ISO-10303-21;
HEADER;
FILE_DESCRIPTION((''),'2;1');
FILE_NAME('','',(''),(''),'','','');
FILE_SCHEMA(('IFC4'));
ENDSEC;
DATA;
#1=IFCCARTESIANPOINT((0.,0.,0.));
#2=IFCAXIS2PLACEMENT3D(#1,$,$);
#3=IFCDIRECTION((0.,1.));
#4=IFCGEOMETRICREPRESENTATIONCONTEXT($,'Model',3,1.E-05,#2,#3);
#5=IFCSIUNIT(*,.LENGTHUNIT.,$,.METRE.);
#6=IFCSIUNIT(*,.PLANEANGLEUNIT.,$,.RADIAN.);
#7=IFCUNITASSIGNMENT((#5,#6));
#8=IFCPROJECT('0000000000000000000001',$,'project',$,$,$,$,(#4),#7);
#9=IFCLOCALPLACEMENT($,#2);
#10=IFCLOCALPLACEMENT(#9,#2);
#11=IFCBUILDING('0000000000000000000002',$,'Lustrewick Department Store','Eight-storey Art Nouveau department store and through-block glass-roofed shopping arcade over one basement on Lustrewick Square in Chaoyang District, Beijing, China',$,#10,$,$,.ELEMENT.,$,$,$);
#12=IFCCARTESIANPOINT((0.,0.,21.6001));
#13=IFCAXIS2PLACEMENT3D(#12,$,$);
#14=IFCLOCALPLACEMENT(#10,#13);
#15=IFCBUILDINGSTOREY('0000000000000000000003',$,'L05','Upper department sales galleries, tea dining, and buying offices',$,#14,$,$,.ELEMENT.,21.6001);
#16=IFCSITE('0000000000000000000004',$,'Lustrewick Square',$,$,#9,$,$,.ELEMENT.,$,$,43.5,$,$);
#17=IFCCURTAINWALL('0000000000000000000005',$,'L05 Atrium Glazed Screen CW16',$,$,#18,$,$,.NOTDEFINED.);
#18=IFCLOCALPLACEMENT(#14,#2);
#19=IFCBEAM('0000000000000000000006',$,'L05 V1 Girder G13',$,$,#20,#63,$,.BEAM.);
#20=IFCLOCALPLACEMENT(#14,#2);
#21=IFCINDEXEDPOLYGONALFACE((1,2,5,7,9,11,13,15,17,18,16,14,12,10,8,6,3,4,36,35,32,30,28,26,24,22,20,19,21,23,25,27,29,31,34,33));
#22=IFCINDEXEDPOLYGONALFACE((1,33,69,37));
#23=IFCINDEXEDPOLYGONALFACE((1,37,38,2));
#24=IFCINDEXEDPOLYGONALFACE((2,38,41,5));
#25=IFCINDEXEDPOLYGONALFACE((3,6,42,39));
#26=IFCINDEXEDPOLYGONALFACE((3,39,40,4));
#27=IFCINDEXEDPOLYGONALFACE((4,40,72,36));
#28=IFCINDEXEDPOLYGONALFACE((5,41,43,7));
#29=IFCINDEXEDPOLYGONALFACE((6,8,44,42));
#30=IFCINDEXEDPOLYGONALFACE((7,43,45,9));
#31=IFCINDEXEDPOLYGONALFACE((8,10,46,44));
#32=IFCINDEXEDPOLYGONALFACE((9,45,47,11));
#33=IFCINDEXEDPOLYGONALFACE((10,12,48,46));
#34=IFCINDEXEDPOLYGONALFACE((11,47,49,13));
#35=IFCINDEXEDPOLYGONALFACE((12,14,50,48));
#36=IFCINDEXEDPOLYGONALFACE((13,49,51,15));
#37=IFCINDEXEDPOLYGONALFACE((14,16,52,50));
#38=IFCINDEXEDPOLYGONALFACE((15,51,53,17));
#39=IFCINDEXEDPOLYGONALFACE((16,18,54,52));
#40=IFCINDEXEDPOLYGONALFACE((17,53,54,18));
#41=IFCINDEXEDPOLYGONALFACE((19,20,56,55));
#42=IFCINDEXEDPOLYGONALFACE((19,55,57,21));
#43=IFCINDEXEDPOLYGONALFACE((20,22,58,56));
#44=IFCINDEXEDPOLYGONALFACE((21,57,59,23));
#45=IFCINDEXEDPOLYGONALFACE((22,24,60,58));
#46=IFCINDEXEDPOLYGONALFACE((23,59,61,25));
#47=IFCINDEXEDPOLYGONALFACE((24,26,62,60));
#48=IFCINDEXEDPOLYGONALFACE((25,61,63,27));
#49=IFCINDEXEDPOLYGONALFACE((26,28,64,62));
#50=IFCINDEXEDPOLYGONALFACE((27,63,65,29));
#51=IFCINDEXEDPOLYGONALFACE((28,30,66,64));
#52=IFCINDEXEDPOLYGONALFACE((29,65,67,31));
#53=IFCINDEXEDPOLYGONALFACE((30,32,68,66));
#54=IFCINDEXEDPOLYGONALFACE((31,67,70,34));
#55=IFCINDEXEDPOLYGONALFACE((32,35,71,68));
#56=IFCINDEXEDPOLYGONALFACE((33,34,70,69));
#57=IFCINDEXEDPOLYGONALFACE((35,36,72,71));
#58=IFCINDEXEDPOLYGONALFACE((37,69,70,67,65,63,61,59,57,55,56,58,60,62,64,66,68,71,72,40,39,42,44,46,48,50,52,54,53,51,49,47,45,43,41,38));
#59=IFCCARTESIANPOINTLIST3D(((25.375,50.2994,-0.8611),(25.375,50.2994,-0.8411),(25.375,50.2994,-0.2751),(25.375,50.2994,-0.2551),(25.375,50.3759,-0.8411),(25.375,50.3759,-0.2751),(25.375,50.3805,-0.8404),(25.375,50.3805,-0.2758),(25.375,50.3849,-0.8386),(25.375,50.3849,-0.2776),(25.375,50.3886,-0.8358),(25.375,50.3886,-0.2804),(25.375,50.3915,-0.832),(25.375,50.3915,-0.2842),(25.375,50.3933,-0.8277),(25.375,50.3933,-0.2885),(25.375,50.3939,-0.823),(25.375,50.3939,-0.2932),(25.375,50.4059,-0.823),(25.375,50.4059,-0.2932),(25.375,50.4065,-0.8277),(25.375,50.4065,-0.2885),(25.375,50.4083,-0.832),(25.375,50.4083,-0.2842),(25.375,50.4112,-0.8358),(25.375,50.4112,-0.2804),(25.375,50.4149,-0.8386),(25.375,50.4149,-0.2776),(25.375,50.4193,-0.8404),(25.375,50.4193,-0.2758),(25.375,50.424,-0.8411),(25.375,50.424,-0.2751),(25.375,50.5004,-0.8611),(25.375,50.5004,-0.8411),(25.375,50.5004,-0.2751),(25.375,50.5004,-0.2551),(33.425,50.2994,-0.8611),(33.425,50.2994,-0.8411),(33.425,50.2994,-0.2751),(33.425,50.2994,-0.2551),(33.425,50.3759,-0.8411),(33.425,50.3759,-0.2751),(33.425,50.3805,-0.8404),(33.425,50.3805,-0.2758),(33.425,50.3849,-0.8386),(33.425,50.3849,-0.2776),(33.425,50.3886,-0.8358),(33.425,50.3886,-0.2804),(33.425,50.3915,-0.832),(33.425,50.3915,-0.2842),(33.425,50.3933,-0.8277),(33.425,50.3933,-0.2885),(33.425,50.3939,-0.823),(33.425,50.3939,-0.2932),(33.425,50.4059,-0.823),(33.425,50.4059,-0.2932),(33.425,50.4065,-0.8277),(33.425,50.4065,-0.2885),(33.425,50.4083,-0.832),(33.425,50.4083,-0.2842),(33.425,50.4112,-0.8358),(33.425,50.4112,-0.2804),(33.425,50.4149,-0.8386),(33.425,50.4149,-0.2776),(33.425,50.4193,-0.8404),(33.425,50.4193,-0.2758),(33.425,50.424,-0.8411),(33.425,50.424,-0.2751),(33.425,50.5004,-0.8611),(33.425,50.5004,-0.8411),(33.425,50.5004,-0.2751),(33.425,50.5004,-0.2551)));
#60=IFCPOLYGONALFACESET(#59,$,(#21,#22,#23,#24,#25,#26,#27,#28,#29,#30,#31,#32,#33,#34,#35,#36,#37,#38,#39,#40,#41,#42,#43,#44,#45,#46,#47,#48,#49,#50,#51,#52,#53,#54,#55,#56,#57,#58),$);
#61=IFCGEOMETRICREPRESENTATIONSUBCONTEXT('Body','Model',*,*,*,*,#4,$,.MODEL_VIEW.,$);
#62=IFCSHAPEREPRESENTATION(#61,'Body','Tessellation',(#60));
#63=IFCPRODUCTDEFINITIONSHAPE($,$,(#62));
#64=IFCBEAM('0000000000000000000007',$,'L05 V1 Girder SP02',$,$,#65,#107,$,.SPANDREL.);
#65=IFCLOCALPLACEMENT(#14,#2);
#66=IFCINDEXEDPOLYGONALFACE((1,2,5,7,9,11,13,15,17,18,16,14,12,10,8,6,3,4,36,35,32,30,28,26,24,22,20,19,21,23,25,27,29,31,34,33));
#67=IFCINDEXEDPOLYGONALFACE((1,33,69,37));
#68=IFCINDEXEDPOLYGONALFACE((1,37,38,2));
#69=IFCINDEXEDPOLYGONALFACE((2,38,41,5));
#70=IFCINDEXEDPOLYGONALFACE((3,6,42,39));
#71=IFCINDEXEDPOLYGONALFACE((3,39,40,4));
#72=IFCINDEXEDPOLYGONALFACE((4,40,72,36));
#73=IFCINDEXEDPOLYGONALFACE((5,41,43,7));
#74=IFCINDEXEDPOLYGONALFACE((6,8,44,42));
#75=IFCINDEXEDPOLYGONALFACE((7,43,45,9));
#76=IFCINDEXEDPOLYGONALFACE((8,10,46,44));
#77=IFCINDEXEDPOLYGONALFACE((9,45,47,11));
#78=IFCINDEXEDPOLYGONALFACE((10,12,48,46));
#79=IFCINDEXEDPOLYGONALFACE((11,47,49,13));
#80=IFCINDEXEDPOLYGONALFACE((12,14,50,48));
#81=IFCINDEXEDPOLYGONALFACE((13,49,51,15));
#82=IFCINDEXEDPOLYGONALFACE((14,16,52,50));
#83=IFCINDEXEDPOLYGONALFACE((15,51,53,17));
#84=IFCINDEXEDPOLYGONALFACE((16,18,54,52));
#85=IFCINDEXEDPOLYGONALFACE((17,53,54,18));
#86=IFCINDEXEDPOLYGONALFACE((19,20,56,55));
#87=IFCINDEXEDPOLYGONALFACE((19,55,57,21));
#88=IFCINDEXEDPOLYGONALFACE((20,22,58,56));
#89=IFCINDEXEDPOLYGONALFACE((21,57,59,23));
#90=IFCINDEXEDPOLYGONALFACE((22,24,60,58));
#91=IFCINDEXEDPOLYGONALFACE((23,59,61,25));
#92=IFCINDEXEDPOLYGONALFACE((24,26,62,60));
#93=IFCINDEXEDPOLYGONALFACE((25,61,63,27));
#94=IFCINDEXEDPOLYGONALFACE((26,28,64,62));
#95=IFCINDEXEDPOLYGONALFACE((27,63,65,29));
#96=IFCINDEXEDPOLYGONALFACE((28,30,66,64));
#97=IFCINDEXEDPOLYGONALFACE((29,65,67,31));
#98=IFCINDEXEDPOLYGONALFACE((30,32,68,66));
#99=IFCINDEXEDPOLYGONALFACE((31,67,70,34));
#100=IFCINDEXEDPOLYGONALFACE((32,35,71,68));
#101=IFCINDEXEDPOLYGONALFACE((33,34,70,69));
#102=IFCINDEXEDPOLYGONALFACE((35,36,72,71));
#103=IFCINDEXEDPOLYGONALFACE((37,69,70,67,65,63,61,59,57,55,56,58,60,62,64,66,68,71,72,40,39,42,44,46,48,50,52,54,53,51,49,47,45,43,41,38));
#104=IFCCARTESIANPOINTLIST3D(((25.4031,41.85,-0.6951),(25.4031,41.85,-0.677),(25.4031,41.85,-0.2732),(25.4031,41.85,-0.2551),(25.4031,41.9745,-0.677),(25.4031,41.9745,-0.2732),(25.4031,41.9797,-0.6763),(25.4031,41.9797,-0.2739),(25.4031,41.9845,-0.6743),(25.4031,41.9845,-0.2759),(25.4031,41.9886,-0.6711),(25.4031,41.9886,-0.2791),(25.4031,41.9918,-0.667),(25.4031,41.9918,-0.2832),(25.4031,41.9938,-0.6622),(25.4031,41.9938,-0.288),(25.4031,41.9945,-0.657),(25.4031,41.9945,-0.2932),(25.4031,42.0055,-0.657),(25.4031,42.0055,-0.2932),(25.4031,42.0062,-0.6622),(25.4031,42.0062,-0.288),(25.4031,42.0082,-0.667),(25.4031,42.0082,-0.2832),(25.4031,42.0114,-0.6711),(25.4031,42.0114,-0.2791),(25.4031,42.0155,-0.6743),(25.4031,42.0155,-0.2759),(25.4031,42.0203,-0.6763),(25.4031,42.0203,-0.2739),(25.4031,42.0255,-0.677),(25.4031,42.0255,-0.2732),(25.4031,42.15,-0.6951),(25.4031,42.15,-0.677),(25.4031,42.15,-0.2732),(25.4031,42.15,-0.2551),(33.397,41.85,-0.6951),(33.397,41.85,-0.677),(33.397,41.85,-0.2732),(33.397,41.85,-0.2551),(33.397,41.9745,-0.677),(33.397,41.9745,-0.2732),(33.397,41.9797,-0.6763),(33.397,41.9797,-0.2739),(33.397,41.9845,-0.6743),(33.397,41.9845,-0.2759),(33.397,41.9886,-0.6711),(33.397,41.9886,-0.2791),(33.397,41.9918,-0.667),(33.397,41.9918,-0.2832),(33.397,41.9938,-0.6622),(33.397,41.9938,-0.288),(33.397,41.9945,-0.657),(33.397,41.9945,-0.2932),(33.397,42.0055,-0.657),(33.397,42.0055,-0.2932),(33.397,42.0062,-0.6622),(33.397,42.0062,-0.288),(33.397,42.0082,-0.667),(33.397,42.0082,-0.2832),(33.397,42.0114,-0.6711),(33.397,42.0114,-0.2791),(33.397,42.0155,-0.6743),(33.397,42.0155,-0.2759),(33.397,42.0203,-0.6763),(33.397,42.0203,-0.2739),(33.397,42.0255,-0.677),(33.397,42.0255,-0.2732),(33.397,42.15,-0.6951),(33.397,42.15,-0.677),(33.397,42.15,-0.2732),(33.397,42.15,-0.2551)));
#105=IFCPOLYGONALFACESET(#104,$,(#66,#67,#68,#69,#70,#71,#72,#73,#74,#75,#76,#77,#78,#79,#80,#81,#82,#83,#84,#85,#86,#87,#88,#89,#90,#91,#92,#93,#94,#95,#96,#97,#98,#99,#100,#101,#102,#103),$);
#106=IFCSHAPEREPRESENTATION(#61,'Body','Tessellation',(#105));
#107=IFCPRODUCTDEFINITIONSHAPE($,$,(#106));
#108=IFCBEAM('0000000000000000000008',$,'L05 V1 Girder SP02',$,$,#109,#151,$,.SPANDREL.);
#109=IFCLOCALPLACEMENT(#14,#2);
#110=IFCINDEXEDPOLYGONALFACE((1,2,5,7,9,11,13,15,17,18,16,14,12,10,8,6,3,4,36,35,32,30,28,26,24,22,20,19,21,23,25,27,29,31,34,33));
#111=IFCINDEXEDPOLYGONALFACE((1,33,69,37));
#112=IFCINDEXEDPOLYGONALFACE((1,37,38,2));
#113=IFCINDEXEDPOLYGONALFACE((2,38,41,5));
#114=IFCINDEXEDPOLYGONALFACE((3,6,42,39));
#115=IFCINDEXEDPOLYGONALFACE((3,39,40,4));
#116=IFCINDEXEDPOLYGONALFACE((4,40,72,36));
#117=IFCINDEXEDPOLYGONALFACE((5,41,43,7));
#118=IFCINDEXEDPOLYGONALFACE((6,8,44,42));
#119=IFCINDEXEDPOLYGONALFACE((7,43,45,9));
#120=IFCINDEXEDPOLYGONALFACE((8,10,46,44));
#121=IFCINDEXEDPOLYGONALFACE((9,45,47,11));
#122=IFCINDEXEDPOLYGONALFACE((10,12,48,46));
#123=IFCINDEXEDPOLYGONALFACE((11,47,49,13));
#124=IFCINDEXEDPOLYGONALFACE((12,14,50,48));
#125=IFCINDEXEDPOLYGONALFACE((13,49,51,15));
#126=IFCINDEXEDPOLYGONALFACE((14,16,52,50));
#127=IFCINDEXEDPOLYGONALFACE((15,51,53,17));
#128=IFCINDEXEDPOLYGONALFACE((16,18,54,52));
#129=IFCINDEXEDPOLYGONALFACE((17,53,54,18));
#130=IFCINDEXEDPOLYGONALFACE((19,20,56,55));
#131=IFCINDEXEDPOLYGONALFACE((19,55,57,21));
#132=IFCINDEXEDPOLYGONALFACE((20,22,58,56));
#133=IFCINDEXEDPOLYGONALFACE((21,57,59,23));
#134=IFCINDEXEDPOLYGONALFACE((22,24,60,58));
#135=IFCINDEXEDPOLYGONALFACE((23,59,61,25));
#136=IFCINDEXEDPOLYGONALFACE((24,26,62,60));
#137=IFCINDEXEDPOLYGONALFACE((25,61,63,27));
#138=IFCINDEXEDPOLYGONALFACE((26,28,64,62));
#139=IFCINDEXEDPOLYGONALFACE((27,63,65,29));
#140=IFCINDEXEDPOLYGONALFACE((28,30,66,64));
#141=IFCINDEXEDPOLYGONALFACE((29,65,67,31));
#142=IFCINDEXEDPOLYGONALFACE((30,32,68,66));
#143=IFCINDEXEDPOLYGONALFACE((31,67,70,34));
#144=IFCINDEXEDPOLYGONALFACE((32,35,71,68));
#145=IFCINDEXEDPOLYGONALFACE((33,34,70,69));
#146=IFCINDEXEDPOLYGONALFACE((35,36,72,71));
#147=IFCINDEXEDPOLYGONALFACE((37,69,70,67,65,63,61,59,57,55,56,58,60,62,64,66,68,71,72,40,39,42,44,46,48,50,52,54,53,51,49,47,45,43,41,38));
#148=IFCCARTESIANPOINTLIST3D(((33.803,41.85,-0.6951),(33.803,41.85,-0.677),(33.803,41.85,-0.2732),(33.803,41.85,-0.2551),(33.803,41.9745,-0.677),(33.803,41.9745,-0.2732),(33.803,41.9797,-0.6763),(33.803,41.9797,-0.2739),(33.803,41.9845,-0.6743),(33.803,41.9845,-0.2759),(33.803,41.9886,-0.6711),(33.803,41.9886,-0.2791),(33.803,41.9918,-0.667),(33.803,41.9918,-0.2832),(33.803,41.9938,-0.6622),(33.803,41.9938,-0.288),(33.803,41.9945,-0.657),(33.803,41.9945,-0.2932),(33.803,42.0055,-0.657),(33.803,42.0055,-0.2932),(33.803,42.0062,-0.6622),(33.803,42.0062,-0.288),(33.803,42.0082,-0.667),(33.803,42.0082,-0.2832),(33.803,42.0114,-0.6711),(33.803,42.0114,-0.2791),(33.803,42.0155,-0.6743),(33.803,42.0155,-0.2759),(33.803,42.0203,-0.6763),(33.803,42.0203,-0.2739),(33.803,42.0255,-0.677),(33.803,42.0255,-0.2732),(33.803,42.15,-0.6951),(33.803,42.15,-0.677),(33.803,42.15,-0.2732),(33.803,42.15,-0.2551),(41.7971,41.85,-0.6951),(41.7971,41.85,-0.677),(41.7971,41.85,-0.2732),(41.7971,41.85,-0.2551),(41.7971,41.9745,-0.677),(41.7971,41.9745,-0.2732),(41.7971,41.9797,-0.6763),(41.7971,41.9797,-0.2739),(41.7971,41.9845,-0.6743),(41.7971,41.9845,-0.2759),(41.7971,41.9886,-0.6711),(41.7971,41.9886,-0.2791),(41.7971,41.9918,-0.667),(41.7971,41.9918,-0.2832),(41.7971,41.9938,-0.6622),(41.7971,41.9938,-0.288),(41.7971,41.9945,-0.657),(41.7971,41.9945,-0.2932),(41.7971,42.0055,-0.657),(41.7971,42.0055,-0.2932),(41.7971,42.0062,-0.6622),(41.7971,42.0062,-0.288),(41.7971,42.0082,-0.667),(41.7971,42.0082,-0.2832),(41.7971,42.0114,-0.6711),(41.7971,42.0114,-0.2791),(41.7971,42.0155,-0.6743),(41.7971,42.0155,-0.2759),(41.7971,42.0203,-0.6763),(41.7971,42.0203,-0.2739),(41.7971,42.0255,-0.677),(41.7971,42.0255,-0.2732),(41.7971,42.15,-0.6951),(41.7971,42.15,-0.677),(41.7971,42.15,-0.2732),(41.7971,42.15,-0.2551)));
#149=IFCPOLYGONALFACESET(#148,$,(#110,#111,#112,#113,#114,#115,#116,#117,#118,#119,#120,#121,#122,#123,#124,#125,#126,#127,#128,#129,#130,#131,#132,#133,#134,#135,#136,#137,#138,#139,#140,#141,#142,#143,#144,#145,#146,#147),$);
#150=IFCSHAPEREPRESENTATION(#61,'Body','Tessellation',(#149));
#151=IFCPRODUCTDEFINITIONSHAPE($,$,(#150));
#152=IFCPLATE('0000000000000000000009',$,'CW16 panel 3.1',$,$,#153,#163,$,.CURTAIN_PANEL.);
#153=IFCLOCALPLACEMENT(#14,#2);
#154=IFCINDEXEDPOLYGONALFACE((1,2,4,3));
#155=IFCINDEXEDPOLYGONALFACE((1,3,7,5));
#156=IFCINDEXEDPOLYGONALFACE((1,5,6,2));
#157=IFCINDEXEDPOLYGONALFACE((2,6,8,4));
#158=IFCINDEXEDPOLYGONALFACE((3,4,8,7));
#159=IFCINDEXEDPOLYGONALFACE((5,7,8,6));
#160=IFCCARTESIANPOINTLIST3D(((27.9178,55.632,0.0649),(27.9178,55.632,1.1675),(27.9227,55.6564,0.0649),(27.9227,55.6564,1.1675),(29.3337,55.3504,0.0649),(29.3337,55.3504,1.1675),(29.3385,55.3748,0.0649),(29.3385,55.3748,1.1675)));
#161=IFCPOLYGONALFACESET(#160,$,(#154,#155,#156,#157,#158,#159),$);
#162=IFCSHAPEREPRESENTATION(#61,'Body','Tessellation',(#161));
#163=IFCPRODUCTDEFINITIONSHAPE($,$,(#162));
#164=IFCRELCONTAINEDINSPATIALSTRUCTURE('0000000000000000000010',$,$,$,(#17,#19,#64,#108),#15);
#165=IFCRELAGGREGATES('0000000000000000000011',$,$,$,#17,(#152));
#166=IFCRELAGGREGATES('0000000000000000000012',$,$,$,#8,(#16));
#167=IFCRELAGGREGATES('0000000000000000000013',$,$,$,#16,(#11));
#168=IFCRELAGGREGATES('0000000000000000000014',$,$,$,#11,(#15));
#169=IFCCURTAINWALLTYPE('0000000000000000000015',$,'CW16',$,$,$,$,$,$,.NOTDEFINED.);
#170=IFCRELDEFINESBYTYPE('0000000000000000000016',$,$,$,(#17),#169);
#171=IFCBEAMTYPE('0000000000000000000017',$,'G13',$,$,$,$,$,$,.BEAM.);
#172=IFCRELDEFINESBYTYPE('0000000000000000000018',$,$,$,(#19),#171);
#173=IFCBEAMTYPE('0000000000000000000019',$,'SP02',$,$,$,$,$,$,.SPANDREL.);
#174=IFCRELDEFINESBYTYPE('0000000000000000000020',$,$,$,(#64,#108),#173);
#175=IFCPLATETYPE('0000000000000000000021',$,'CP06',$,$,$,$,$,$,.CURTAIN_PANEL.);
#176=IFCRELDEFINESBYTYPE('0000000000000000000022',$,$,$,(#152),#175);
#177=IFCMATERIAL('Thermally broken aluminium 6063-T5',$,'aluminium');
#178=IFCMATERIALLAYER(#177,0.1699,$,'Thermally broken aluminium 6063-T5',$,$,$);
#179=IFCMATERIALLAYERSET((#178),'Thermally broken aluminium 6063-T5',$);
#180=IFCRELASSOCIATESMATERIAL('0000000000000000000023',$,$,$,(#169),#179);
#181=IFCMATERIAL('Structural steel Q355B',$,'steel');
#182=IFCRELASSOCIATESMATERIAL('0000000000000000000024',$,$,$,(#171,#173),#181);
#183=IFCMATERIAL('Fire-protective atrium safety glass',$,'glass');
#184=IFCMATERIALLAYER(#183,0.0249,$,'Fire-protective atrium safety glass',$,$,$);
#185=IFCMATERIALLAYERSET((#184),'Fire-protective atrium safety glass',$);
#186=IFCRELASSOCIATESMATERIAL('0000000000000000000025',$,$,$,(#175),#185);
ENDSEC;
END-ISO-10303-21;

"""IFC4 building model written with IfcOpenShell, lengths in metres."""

from ifc_helpers import new_model, si_unit, direction, frame, origin, origin_2d, place, context, subcontext, project, spatial, rectangle, i_section, extrude, material, layer, layer_set, material_profile, profile_set, type_object, element, aggregate, save


model = new_model("IFC4")

# Units and contexts
model_context = context("Model", 3, precision=1e-05, world=origin(), true_north=direction((0.0, 1.0)))
body_context = subcontext(model_context, "Body", "Model", "MODEL_VIEW")
ifc_project = project(units=[si_unit("LENGTHUNIT", "METRE"), si_unit("PLANEANGLEUNIT", "RADIAN")], contexts=[model_context])

# Site, building, storey
site_placement = place(None, origin())
site = spatial("IfcSite", under=ifc_project, at=site_placement, Name="Lustrewick Square", CompositionType="ELEMENT", RefElevation=43.5)
building_placement = place(site_placement, origin())
building = spatial("IfcBuilding", under=site, at=building_placement, Name="Lustrewick Department Store", Description="Eight-storey Art Nouveau department store and through-block glass-roofed shopping arcade over one basement on Lustrewick Square in Chaoyang District, Beijing, China", CompositionType="ELEMENT")
storey_placement = place(building_placement, frame((0.0, 0.0, 21.6001)))
storey = spatial("IfcBuildingStorey", under=building, at=storey_placement, Name="L05", Description="Upper department sales galleries, tea dining, and buying offices", CompositionType="ELEMENT", Elevation=21.6001)

# Shared definitions
ifc_material_1 = material(Name="Structural steel Q355B", Category="steel")

# Curtain wall
ifc_material_2 = material(Name="Thermally broken aluminium 6063-T5", Category="aluminium")
ifc_layer_1 = layer(ifc_material_2, 0.1699, Name="Thermally broken aluminium 6063-T5")
ifc_layer_set_1 = layer_set([ifc_layer_1], Name="Thermally broken aluminium 6063-T5")
curtain_wall_type = type_object("IfcCurtainWallType", Name="CW16", PredefinedType="NOTDEFINED", material=ifc_layer_set_1)
curtain_wall_placement = place(storey_placement, origin())
curtain_wall = element("IfcCurtainWall", 1, at=curtain_wall_placement, inside=storey, type_object=curtain_wall_type, Name="L05 Atrium Glazed Screen CW16", PredefinedType="NOTDEFINED")

# Beams
ifc_material_profile_1 = material_profile(ifc_material_1, i_section(OverallWidth=0.2009, OverallDepth=0.606, WebThickness=0.012, FlangeThickness=0.02, FilletRadius=0.0181, at=origin_2d()), Name="HN 606x201x12x20")
ifc_profile_set_1 = profile_set([ifc_material_profile_1], Name="Structural steel Q355B")
beam_type_1 = type_object("IfcBeamType", Name="G13", PredefinedType="BEAM", material=ifc_profile_set_1)
beam_1_placement = place(storey_placement, frame((25.375, 50.3999, -0.5581), z_axis=(1.0, 0.0, 0.0), x_axis=(0.0, 1.0, 0.0)))
element("IfcBeam", 2, at=beam_1_placement, inside=storey, type_object=beam_type_1, Name="L05 V1 Girder G13", PredefinedType="BEAM", context=body_context, shape_type="SweptSolid", body=[
    extrude(i_section(OverallWidth=0.2009, OverallDepth=0.606, WebThickness=0.012, FlangeThickness=0.02, FilletRadius=0.0181, at=origin_2d()), origin(), (0.0, 0.0, 1.0), 8.05),
])
ifc_material_profile_2 = material_profile(ifc_material_1, i_section(OverallWidth=0.3, OverallDepth=0.4399, WebThickness=0.011, FlangeThickness=0.0181, FilletRadius=0.02, at=origin_2d()), Name="HM 440x300x11x18")
ifc_profile_set_2 = profile_set([ifc_material_profile_2], Name="Structural steel Q355B")
beam_type_2 = type_object("IfcBeamType", Name="SP02", PredefinedType="SPANDREL", material=ifc_profile_set_2)
beam_2_placement = place(storey_placement, frame((25.4031, 42.0, -0.4751), z_axis=(1.0, 0.0, 0.0), x_axis=(0.0, 1.0, 0.0)))
element("IfcBeam", 3, at=beam_2_placement, inside=storey, type_object=beam_type_2, Name="L05 V1 Girder SP02", PredefinedType="SPANDREL", context=body_context, shape_type="SweptSolid", body=[
    extrude(i_section(OverallWidth=0.3, OverallDepth=0.4399, WebThickness=0.011, FlangeThickness=0.0181, FilletRadius=0.02, at=origin_2d()), origin(), (0.0, 0.0, 1.0), 7.9939),
])
beam_3_placement = place(storey_placement, frame((33.803, 42.0, -0.4751), z_axis=(1.0, 0.0, 0.0), x_axis=(0.0, 1.0, 0.0)))
element("IfcBeam", 4, at=beam_3_placement, inside=storey, type_object=beam_type_2, Name="L05 V1 Girder SP02", PredefinedType="SPANDREL", context=body_context, shape_type="SweptSolid", body=[
    extrude(i_section(OverallWidth=0.3, OverallDepth=0.4399, WebThickness=0.011, FlangeThickness=0.0181, FilletRadius=0.02, at=origin_2d()), origin(), (0.0, 0.0, 1.0), 7.9941),
])

# Plate
ifc_material_3 = material(Name="Fire-protective atrium safety glass", Category="glass")
ifc_layer_2 = layer(ifc_material_3, 0.0249, Name="Fire-protective atrium safety glass")
ifc_layer_set_2 = layer_set([ifc_layer_2], Name="Fire-protective atrium safety glass")
plate_type = type_object("IfcPlateType", Name="CP06", PredefinedType="CURTAIN_PANEL", material=ifc_layer_set_2)
plate_placement = place(storey_placement, frame((28.6282, 55.5034, 0.0649), z_axis=(0.0, 0.0, 1.0), x_axis=(0.980786, -0.195085, 0.0)))
plate = element("IfcPlate", 5, at=plate_placement, type_object=plate_type, Name="CW16 panel 3.1", PredefinedType="CURTAIN_PANEL", context=body_context, shape_type="SweptSolid", body=[
    extrude(rectangle(XDim=1.4436, YDim=0.0249, at=origin_2d()), origin(), (0.0, 0.0, 1.0), 1.1025),
])
aggregate(curtain_wall, [plate])

save(model, "model.ifc")
